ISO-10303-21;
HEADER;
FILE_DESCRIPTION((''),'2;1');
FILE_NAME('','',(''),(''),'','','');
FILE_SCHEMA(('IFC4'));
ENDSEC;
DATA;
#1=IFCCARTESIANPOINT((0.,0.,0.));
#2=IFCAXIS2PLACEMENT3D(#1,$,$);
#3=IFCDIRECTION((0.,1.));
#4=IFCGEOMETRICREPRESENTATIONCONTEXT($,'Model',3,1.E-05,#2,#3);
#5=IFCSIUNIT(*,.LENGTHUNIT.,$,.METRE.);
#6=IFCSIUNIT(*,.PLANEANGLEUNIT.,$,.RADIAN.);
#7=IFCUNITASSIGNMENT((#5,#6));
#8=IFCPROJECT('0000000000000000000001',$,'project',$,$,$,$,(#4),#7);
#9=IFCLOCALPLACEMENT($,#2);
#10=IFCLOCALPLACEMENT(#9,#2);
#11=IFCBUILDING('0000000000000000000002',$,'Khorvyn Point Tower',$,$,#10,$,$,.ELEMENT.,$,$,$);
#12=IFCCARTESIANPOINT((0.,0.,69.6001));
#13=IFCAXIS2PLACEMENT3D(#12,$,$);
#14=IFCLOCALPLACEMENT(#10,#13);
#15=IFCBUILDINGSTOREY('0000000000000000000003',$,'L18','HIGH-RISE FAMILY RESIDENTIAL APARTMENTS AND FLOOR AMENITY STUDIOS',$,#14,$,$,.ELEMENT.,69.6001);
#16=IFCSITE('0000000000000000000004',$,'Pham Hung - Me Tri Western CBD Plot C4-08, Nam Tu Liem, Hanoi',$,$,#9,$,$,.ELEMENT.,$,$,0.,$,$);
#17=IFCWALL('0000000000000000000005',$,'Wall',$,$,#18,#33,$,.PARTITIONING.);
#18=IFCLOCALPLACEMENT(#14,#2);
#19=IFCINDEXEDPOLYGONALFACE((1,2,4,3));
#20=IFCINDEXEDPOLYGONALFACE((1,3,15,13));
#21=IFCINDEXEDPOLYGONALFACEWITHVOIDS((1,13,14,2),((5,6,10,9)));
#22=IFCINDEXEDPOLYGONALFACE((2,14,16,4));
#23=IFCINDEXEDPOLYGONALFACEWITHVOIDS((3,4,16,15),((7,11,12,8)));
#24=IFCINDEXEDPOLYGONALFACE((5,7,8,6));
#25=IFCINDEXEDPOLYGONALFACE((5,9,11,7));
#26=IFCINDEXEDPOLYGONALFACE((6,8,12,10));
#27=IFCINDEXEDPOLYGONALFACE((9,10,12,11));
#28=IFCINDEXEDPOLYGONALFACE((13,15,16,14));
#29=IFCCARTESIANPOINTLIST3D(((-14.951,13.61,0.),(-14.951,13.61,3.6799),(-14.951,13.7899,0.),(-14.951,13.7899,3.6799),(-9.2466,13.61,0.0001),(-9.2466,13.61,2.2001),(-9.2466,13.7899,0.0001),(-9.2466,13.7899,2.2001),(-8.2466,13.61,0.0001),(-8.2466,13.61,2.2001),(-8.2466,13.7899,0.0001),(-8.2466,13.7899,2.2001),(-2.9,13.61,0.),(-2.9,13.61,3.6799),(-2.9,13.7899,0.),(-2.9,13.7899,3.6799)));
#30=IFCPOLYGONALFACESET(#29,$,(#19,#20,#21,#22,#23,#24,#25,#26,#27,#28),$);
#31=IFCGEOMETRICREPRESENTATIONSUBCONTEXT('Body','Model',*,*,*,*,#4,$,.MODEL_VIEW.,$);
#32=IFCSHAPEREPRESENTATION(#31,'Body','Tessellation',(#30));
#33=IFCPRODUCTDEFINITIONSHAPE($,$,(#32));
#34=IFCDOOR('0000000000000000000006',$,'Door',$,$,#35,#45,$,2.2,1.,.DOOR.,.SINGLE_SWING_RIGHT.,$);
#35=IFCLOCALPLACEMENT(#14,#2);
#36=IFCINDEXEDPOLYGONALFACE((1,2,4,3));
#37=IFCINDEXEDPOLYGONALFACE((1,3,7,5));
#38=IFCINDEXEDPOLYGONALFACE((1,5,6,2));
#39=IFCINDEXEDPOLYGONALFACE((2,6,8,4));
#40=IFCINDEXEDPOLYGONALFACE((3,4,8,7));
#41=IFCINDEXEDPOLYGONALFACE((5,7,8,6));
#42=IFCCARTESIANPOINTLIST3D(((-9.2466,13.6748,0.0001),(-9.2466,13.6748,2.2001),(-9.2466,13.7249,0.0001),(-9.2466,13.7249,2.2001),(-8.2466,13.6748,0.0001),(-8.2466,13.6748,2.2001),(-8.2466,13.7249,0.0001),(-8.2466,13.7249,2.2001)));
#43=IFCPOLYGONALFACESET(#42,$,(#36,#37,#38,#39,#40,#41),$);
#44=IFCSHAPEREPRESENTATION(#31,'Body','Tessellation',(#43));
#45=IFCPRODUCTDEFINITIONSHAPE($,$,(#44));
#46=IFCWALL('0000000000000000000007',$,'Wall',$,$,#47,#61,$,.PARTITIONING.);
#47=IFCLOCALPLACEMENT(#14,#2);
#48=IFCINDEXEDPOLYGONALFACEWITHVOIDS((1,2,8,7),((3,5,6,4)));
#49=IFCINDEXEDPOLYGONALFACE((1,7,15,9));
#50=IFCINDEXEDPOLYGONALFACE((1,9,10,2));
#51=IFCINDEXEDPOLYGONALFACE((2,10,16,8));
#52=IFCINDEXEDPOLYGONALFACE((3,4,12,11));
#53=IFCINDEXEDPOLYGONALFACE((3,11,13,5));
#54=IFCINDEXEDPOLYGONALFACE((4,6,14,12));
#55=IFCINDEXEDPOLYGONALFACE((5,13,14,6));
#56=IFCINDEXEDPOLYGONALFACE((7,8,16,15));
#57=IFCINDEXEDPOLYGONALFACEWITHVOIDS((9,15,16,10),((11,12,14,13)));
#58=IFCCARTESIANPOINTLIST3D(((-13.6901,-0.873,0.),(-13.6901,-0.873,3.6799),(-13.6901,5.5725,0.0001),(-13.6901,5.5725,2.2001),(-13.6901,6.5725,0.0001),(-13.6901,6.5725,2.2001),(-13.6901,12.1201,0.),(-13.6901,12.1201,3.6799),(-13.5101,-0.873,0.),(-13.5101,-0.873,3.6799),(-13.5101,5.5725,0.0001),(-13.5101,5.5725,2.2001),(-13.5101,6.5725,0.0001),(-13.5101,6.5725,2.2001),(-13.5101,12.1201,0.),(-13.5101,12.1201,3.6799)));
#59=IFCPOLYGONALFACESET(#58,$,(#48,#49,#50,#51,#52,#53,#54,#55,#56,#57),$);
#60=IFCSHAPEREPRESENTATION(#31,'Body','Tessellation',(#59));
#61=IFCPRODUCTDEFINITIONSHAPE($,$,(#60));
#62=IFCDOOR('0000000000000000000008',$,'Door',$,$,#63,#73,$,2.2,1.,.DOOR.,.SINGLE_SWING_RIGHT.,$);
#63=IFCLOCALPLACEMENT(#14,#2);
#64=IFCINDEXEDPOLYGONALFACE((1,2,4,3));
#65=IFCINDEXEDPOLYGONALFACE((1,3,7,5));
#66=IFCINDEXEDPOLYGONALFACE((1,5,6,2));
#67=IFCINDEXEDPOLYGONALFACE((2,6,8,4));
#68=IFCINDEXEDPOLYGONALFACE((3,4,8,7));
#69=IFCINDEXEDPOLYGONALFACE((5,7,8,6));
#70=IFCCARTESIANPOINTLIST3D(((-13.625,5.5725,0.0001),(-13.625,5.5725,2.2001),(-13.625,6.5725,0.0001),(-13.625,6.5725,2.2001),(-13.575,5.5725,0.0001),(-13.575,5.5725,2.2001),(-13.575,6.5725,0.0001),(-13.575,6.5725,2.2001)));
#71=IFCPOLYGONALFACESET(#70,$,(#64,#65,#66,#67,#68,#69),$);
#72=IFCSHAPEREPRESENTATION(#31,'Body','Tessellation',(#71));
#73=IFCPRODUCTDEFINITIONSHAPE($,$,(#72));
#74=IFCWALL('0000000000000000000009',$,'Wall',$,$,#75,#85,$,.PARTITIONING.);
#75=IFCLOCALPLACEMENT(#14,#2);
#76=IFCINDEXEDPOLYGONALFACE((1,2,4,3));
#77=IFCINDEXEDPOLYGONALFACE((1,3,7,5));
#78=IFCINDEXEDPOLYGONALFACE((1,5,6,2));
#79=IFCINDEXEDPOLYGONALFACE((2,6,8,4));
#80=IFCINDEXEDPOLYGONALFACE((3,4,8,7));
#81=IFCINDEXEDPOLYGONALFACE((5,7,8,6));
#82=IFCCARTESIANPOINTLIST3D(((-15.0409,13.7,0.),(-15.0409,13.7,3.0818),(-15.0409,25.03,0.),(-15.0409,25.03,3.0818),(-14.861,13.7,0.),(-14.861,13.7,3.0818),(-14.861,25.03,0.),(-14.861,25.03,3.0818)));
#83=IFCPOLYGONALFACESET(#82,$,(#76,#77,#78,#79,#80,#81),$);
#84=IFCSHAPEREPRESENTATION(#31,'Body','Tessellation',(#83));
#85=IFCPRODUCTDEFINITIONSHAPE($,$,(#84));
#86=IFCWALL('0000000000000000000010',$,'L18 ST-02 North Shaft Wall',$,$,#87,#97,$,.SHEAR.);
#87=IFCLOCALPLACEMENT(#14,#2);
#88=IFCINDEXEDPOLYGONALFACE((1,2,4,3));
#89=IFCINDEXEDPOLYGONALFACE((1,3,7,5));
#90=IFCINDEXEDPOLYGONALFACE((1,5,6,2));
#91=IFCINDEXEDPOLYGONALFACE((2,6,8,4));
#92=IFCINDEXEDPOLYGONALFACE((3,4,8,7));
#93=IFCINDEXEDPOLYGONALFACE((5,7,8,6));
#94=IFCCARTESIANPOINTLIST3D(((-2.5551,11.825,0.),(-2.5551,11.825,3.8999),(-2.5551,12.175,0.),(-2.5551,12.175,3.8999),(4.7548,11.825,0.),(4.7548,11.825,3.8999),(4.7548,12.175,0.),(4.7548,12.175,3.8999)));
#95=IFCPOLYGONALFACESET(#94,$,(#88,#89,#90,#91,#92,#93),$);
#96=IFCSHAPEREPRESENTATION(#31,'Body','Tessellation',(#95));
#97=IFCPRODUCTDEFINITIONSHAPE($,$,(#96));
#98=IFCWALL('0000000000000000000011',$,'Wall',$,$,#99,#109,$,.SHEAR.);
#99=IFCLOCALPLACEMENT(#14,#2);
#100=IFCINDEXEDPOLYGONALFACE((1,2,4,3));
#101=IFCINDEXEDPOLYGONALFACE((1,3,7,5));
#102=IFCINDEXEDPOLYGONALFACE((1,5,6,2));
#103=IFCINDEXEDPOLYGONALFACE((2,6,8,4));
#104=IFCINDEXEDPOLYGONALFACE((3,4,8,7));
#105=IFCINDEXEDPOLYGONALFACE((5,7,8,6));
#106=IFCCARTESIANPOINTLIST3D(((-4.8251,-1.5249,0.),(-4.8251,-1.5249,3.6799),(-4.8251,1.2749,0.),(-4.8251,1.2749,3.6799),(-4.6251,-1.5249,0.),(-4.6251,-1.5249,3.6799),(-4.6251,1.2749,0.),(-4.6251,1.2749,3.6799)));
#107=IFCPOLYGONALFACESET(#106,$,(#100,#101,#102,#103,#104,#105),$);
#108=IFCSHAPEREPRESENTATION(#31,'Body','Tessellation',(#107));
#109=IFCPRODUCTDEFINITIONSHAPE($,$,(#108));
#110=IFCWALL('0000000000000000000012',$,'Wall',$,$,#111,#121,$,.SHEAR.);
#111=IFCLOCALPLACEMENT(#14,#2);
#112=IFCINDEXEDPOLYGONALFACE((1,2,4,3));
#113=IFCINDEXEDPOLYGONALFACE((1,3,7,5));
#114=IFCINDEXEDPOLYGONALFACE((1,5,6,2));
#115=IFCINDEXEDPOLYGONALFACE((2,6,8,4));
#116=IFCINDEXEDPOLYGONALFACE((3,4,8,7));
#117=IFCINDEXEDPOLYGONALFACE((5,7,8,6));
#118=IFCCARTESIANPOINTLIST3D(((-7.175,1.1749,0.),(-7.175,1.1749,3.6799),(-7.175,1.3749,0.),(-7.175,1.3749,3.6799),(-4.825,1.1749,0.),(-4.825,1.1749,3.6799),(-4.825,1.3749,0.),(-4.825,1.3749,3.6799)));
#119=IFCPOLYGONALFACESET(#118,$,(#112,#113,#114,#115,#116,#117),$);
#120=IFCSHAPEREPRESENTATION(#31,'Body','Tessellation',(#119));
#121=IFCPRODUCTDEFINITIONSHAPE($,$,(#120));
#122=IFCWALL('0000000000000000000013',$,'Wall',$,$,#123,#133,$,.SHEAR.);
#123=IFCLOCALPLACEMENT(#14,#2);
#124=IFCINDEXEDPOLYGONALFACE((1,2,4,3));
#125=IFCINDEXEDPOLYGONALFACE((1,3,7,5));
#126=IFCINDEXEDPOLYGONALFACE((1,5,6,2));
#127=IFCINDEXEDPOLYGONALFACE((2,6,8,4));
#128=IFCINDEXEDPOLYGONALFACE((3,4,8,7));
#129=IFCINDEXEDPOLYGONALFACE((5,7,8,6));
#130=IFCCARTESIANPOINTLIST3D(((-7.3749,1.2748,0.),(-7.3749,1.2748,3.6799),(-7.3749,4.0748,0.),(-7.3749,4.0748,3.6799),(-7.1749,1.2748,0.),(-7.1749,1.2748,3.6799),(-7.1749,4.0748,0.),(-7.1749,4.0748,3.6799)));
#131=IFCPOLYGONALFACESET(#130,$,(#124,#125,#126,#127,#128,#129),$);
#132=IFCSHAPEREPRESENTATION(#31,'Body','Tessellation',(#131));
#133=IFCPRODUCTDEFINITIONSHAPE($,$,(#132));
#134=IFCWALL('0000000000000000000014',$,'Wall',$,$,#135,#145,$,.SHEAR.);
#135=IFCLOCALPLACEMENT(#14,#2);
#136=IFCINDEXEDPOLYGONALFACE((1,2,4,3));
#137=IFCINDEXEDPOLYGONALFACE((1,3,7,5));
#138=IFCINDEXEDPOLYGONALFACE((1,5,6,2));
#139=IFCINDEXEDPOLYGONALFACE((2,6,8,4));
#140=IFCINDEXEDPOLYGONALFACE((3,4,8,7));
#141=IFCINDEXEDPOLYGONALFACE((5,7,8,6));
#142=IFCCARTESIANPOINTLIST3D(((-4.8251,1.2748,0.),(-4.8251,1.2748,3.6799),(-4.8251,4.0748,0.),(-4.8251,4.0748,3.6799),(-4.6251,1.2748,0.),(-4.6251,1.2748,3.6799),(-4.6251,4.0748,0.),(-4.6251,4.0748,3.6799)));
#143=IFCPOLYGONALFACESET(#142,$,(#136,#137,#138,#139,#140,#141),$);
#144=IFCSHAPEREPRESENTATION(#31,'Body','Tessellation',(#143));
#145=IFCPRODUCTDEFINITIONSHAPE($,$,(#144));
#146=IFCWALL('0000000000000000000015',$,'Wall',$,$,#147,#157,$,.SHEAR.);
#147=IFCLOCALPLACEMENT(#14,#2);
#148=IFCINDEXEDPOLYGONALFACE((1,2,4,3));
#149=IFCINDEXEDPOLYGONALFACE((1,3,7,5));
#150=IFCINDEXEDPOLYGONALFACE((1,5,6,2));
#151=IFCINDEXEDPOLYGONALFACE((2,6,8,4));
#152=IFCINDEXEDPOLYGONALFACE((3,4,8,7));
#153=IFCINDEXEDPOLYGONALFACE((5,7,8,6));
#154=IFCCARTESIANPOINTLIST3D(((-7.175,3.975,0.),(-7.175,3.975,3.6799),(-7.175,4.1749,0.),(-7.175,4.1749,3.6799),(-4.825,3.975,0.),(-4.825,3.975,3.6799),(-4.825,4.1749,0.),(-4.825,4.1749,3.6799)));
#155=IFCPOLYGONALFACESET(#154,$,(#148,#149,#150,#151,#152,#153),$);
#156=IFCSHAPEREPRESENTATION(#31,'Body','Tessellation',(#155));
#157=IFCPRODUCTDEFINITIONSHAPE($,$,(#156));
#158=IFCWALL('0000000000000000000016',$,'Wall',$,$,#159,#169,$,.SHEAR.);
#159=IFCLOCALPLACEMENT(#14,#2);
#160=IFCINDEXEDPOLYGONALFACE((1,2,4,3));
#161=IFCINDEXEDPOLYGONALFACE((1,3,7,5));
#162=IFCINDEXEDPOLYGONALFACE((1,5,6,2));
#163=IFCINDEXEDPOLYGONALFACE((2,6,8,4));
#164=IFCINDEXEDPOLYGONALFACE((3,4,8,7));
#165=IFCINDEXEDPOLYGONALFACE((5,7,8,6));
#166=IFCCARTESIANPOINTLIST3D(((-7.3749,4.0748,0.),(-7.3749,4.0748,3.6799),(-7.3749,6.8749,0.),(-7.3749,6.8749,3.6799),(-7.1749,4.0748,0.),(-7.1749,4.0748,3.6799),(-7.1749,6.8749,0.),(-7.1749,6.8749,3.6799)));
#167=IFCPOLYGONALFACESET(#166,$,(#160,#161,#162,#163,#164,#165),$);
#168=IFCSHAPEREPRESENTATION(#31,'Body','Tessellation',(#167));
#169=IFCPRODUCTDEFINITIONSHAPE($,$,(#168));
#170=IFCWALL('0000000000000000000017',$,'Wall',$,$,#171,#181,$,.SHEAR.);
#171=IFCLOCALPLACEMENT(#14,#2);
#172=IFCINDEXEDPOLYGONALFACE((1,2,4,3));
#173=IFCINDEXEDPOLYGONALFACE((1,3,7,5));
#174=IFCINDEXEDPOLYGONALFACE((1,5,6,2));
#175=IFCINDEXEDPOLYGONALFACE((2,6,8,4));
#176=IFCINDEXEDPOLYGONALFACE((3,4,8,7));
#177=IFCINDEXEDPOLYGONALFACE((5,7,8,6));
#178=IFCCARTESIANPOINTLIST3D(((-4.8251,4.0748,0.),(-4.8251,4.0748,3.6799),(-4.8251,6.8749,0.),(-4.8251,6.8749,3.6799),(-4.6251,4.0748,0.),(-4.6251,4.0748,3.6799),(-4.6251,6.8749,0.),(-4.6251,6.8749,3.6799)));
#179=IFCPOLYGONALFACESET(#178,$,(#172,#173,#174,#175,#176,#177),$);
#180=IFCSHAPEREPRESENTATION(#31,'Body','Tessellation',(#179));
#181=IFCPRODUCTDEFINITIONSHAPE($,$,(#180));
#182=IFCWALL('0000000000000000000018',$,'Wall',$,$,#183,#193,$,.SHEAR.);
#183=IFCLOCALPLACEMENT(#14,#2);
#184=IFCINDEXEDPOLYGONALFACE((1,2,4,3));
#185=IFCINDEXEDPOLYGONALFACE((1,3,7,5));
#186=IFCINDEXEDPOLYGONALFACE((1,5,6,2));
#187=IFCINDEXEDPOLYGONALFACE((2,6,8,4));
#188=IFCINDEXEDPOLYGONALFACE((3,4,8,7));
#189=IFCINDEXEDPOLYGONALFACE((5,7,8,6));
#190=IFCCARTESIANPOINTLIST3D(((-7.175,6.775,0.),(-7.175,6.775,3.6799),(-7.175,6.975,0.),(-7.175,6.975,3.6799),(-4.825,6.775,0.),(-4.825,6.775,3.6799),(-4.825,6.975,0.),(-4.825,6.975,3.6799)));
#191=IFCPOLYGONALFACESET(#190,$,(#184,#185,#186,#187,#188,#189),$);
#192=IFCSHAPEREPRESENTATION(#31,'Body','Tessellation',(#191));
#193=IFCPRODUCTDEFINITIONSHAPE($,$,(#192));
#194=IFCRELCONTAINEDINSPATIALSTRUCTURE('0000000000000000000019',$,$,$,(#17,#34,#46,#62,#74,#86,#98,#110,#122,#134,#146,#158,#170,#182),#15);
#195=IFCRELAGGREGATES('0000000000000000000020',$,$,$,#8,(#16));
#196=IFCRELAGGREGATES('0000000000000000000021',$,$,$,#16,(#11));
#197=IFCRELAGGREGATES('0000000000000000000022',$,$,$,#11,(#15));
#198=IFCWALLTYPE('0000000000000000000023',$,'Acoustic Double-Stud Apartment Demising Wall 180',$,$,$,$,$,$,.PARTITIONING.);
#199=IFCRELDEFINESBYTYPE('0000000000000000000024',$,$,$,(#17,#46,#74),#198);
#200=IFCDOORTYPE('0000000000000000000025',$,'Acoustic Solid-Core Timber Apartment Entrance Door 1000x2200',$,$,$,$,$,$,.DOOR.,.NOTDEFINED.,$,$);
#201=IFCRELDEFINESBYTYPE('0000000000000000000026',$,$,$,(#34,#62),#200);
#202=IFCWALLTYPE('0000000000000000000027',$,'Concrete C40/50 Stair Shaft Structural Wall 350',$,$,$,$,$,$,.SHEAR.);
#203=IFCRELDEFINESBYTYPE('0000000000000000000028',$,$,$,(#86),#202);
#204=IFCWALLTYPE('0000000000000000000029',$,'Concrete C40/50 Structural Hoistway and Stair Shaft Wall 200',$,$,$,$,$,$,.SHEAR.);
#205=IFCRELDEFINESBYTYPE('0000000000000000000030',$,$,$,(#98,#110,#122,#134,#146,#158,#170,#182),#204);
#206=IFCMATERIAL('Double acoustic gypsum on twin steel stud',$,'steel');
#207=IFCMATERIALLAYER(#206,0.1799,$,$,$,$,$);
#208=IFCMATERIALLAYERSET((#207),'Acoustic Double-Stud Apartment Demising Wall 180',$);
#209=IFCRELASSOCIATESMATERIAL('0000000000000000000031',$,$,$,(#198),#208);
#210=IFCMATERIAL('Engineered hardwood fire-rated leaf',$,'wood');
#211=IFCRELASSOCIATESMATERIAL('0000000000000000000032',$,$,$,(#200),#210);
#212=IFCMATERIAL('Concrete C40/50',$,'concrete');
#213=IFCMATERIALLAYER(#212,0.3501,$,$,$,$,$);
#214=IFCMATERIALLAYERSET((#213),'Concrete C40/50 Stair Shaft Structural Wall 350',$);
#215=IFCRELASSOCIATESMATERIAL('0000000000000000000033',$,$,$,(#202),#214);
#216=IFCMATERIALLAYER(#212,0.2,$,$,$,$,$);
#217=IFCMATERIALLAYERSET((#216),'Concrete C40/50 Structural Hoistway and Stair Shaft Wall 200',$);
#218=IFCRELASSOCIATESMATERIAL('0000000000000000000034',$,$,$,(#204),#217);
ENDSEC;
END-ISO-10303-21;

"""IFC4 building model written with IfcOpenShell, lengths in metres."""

from ifc_helpers import new_model, si_unit, direction, frame, frame_2d, origin, place, context, subcontext, project, spatial, rectangle, extrude, material, layer, layer_set, type_object, element, fill, save


model = new_model("IFC4")

# Units and contexts
model_context = context("Model", 3, precision=1e-05, world=origin(), true_north=direction((0.0, 1.0)))
body_context = subcontext(model_context, "Body", "Model", "MODEL_VIEW")
ifc_project = project(units=[si_unit("LENGTHUNIT", "METRE"), si_unit("PLANEANGLEUNIT", "RADIAN")], contexts=[model_context])

# Site, building, storey
site_placement = place(None, origin())
site = spatial("IfcSite", under=ifc_project, at=site_placement, Name="Pham Hung - Me Tri Western CBD Plot C4-08, Nam Tu Liem, Hanoi", CompositionType="ELEMENT", RefElevation=0.0)
building_placement = place(site_placement, origin())
building = spatial("IfcBuilding", under=site, at=building_placement, Name="Khorvyn Point Tower", CompositionType="ELEMENT")
storey_placement = place(building_placement, frame((0.0, 0.0, 69.6001)))
storey = spatial("IfcBuildingStorey", under=building, at=storey_placement, Name="L18", Description="HIGH-RISE FAMILY RESIDENTIAL APARTMENTS AND FLOOR AMENITY STUDIOS", CompositionType="ELEMENT", Elevation=69.6001)

# Shared definitions
ifc_material_1 = material(Name="Concrete C40/50", Category="concrete")

# Walls, openings, doors
ifc_material_2 = material(Name="Double acoustic gypsum on twin steel stud", Category="steel")
ifc_layer_1 = layer(ifc_material_2, 0.1799)
ifc_layer_set_1 = layer_set([ifc_layer_1], Name="Acoustic Double-Stud Apartment Demising Wall 180")
wall_type_1 = type_object("IfcWallType", Name="Acoustic Double-Stud Apartment Demising Wall 180", PredefinedType="PARTITIONING", material=ifc_layer_set_1)
wall_1_placement = place(storey_placement, frame((-14.9509, 13.7, 0.0), z_axis=(0.0, 0.0, 1.0), x_axis=(1.0, 0.0, 0.0)))
wall_1 = element("IfcWall", 1, at=wall_1_placement, inside=storey, type_object=wall_type_1, Name="Wall", PredefinedType="PARTITIONING", context=body_context, shape_type="SweptSolid", body=[
    extrude(rectangle(XDim=12.051, YDim=0.1799, at=frame_2d((6.0254, 0.0))), origin(), (0.0, 0.0, 1.0), 3.6799),
])
opening_1_placement = place(wall_1_placement, frame((5.7043, 0.0, 0.0)))
opening_1 = element("IfcOpeningElement", 2, at=opening_1_placement, cuts=wall_1, PredefinedType="OPENING", context=body_context, shape_type="SweptSolid", body=[
    extrude(rectangle(XDim=1.0, YDim=2.2, at=frame_2d((0.5, 1.1001))), frame((0.0, 0.0999, 0.0), z_axis=(0.0, -1.0, 0.0), x_axis=(1.0, 0.0, 0.0)), (0.0, 0.0, 1.0), 0.2),
])
ifc_material_3 = material(Name="Engineered hardwood fire-rated leaf", Category="wood")
door_type_1 = type_object("IfcDoorType", Name="Acoustic Solid-Core Timber Apartment Entrance Door 1000x2200", OperationType="NOTDEFINED", PredefinedType="DOOR", material=ifc_material_3)
door_1_placement = place(opening_1_placement, origin())
door_1 = element("IfcDoor", 3, at=door_1_placement, inside=storey, type_object=door_type_1, Name="Door", OperationType="SINGLE_SWING_RIGHT", OverallHeight=2.2, OverallWidth=1.0, PredefinedType="DOOR", context=body_context, shape_type="SweptSolid", body=[
    extrude(rectangle(XDim=1.0, YDim=2.2, at=frame_2d((0.5, 1.1001))), frame((0.0, 0.0249, 0.0), z_axis=(0.0, -1.0, 0.0), x_axis=(1.0, 0.0, 0.0)), (0.0, 0.0, 1.0), 0.05),
])
fill(opening_1, door_1)
wall_2_placement = place(storey_placement, frame((-13.6001, -0.873, 0.0), z_axis=(0.0, 0.0, 1.0), x_axis=(0.0, 1.0, 0.0)))
wall_2 = element("IfcWall", 4, at=wall_2_placement, inside=storey, type_object=wall_type_1, Name="Wall", PredefinedType="PARTITIONING", context=body_context, shape_type="SweptSolid", body=[
    extrude(rectangle(XDim=12.9932, YDim=0.1799, at=frame_2d((6.4966, 0.0))), origin(), (0.0, 0.0, 1.0), 3.6799),
])
opening_2_placement = place(wall_2_placement, frame((6.4456, 0.0, 0.0)))
opening_2 = element("IfcOpeningElement", 5, at=opening_2_placement, cuts=wall_2, PredefinedType="OPENING", context=body_context, shape_type="SweptSolid", body=[
    extrude(rectangle(XDim=1.0, YDim=2.2, at=frame_2d((0.5, 1.1001))), frame((0.0, 0.0999, 0.0), z_axis=(0.0, -1.0, 0.0), x_axis=(1.0, 0.0, 0.0)), (0.0, 0.0, 1.0), 0.2),
])
door_2_placement = place(opening_2_placement, origin())
door_2 = element("IfcDoor", 6, at=door_2_placement, inside=storey, type_object=door_type_1, Name="Door", OperationType="SINGLE_SWING_RIGHT", OverallHeight=2.2, OverallWidth=1.0, PredefinedType="DOOR", context=body_context, shape_type="SweptSolid", body=[
    extrude(rectangle(XDim=1.0, YDim=2.2, at=frame_2d((0.5, 1.1001))), frame((0.0, 0.0249, 0.0), z_axis=(0.0, -1.0, 0.0), x_axis=(1.0, 0.0, 0.0)), (0.0, 0.0, 1.0), 0.05),
])
fill(opening_2, door_2)

# Wall
wall_3_placement = place(storey_placement, frame((-14.9509, 13.7, 0.0), z_axis=(0.0, 0.0, 1.0), x_axis=(0.0, 1.0, 0.0)))
element("IfcWall", 7, at=wall_3_placement, inside=storey, type_object=wall_type_1, Name="Wall", PredefinedType="PARTITIONING", context=body_context, shape_type="SweptSolid", body=[
    extrude(rectangle(XDim=11.3301, YDim=0.1799, at=frame_2d((5.665, 0.0))), origin(), (0.0, 0.0, 1.0), 3.0818),
])

# Walls
ifc_layer_2 = layer(ifc_material_1, 0.3501)
ifc_layer_set_2 = layer_set([ifc_layer_2], Name="Concrete C40/50 Stair Shaft Structural Wall 350")
wall_type_2 = type_object("IfcWallType", Name="Concrete C40/50 Stair Shaft Structural Wall 350", PredefinedType="SHEAR", material=ifc_layer_set_2)
wall_4_placement = place(storey_placement, frame((-2.5549, 12.0, 0.0), z_axis=(0.0, 0.0, 1.0), x_axis=(1.0, 0.0, 0.0)))
element("IfcWall", 8, at=wall_4_placement, inside=storey, type_object=wall_type_2, Name="L18 ST-02 North Shaft Wall", PredefinedType="SHEAR", context=body_context, shape_type="SweptSolid", body=[
    extrude(rectangle(XDim=7.3098, YDim=0.3501, at=frame_2d((3.6548, 0.0))), origin(), (0.0, 0.0, 1.0), 3.8999),
])
ifc_layer_3 = layer(ifc_material_1, 0.2)
ifc_layer_set_3 = layer_set([ifc_layer_3], Name="Concrete C40/50 Structural Hoistway and Stair Shaft Wall 200")
wall_type_3 = type_object("IfcWallType", Name="Concrete C40/50 Structural Hoistway and Stair Shaft Wall 200", PredefinedType="SHEAR", material=ifc_layer_set_3)
wall_5_placement = place(storey_placement, frame((-4.7251, -1.5249, 0.0), z_axis=(0.0, 0.0, 1.0), x_axis=(0.0, 1.0, 0.0)))
element("IfcWall", 9, at=wall_5_placement, inside=storey, type_object=wall_type_3, Name="Wall", PredefinedType="SHEAR", context=body_context, shape_type="SweptSolid", body=[
    extrude(rectangle(XDim=2.7998, YDim=0.2, at=frame_2d((1.3999, 0.0))), origin(), (0.0, 0.0, 1.0), 3.6799),
])
wall_6_placement = place(storey_placement, frame((-7.175, 1.2749, 0.0), z_axis=(0.0, 0.0, 1.0), x_axis=(1.0, 0.0, 0.0)))
element("IfcWall", 10, at=wall_6_placement, inside=storey, type_object=wall_type_3, Name="Wall", PredefinedType="SHEAR", context=body_context, shape_type="SweptSolid", body=[
    extrude(rectangle(XDim=2.3501, YDim=0.2, at=frame_2d((1.175, 0.0))), origin(), (0.0, 0.0, 1.0), 3.6799),
])
for number, where, z_axis, x_axis, name in (
    (11, (-7.2749, 1.2749, 0.0), (0.0, 0.0, 1.0), (0.0, 1.0, 0.0), "Wall"),
    (12, (-4.7251, 1.2749, 0.0), (0.0, 0.0, 1.0), (0.0, 1.0, 0.0), "Wall"),
):
    element("IfcWall", number, at=place(storey_placement, frame(where, z_axis=z_axis, x_axis=x_axis)), inside=storey, type_object=wall_type_3, Name=name, PredefinedType="SHEAR", context=body_context, shape_type="SweptSolid", body=[
        extrude(rectangle(XDim=2.8, YDim=0.2, at=frame_2d((1.3999, 0.0))), origin(), (0.0, 0.0, 1.0), 3.6799),
    ])
wall_7_placement = place(storey_placement, frame((-7.175, 4.075, 0.0), z_axis=(0.0, 0.0, 1.0), x_axis=(1.0, 0.0, 0.0)))
element("IfcWall", 13, at=wall_7_placement, inside=storey, type_object=wall_type_3, Name="Wall", PredefinedType="SHEAR", context=body_context, shape_type="SweptSolid", body=[
    extrude(rectangle(XDim=2.3501, YDim=0.2, at=frame_2d((1.175, 0.0))), origin(), (0.0, 0.0, 1.0), 3.6799),
])
for number, where, z_axis, x_axis, name in (
    (14, (-7.2749, 4.075, 0.0), (0.0, 0.0, 1.0), (0.0, 1.0, 0.0), "Wall"),
    (15, (-4.7251, 4.075, 0.0), (0.0, 0.0, 1.0), (0.0, 1.0, 0.0), "Wall"),
):
    element("IfcWall", number, at=place(storey_placement, frame(where, z_axis=z_axis, x_axis=x_axis)), inside=storey, type_object=wall_type_3, Name=name, PredefinedType="SHEAR", context=body_context, shape_type="SweptSolid", body=[
        extrude(rectangle(XDim=2.8, YDim=0.2, at=frame_2d((1.3999, 0.0))), origin(), (0.0, 0.0, 1.0), 3.6799),
    ])
wall_8_placement = place(storey_placement, frame((-7.175, 6.875, 0.0), z_axis=(0.0, 0.0, 1.0), x_axis=(1.0, 0.0, 0.0)))
element("IfcWall", 16, at=wall_8_placement, inside=storey, type_object=wall_type_3, Name="Wall", PredefinedType="SHEAR", context=body_context, shape_type="SweptSolid", body=[
    extrude(rectangle(XDim=2.3501, YDim=0.2, at=frame_2d((1.175, 0.0))), origin(), (0.0, 0.0, 1.0), 3.6799),
])

save(model, "model.ifc")
